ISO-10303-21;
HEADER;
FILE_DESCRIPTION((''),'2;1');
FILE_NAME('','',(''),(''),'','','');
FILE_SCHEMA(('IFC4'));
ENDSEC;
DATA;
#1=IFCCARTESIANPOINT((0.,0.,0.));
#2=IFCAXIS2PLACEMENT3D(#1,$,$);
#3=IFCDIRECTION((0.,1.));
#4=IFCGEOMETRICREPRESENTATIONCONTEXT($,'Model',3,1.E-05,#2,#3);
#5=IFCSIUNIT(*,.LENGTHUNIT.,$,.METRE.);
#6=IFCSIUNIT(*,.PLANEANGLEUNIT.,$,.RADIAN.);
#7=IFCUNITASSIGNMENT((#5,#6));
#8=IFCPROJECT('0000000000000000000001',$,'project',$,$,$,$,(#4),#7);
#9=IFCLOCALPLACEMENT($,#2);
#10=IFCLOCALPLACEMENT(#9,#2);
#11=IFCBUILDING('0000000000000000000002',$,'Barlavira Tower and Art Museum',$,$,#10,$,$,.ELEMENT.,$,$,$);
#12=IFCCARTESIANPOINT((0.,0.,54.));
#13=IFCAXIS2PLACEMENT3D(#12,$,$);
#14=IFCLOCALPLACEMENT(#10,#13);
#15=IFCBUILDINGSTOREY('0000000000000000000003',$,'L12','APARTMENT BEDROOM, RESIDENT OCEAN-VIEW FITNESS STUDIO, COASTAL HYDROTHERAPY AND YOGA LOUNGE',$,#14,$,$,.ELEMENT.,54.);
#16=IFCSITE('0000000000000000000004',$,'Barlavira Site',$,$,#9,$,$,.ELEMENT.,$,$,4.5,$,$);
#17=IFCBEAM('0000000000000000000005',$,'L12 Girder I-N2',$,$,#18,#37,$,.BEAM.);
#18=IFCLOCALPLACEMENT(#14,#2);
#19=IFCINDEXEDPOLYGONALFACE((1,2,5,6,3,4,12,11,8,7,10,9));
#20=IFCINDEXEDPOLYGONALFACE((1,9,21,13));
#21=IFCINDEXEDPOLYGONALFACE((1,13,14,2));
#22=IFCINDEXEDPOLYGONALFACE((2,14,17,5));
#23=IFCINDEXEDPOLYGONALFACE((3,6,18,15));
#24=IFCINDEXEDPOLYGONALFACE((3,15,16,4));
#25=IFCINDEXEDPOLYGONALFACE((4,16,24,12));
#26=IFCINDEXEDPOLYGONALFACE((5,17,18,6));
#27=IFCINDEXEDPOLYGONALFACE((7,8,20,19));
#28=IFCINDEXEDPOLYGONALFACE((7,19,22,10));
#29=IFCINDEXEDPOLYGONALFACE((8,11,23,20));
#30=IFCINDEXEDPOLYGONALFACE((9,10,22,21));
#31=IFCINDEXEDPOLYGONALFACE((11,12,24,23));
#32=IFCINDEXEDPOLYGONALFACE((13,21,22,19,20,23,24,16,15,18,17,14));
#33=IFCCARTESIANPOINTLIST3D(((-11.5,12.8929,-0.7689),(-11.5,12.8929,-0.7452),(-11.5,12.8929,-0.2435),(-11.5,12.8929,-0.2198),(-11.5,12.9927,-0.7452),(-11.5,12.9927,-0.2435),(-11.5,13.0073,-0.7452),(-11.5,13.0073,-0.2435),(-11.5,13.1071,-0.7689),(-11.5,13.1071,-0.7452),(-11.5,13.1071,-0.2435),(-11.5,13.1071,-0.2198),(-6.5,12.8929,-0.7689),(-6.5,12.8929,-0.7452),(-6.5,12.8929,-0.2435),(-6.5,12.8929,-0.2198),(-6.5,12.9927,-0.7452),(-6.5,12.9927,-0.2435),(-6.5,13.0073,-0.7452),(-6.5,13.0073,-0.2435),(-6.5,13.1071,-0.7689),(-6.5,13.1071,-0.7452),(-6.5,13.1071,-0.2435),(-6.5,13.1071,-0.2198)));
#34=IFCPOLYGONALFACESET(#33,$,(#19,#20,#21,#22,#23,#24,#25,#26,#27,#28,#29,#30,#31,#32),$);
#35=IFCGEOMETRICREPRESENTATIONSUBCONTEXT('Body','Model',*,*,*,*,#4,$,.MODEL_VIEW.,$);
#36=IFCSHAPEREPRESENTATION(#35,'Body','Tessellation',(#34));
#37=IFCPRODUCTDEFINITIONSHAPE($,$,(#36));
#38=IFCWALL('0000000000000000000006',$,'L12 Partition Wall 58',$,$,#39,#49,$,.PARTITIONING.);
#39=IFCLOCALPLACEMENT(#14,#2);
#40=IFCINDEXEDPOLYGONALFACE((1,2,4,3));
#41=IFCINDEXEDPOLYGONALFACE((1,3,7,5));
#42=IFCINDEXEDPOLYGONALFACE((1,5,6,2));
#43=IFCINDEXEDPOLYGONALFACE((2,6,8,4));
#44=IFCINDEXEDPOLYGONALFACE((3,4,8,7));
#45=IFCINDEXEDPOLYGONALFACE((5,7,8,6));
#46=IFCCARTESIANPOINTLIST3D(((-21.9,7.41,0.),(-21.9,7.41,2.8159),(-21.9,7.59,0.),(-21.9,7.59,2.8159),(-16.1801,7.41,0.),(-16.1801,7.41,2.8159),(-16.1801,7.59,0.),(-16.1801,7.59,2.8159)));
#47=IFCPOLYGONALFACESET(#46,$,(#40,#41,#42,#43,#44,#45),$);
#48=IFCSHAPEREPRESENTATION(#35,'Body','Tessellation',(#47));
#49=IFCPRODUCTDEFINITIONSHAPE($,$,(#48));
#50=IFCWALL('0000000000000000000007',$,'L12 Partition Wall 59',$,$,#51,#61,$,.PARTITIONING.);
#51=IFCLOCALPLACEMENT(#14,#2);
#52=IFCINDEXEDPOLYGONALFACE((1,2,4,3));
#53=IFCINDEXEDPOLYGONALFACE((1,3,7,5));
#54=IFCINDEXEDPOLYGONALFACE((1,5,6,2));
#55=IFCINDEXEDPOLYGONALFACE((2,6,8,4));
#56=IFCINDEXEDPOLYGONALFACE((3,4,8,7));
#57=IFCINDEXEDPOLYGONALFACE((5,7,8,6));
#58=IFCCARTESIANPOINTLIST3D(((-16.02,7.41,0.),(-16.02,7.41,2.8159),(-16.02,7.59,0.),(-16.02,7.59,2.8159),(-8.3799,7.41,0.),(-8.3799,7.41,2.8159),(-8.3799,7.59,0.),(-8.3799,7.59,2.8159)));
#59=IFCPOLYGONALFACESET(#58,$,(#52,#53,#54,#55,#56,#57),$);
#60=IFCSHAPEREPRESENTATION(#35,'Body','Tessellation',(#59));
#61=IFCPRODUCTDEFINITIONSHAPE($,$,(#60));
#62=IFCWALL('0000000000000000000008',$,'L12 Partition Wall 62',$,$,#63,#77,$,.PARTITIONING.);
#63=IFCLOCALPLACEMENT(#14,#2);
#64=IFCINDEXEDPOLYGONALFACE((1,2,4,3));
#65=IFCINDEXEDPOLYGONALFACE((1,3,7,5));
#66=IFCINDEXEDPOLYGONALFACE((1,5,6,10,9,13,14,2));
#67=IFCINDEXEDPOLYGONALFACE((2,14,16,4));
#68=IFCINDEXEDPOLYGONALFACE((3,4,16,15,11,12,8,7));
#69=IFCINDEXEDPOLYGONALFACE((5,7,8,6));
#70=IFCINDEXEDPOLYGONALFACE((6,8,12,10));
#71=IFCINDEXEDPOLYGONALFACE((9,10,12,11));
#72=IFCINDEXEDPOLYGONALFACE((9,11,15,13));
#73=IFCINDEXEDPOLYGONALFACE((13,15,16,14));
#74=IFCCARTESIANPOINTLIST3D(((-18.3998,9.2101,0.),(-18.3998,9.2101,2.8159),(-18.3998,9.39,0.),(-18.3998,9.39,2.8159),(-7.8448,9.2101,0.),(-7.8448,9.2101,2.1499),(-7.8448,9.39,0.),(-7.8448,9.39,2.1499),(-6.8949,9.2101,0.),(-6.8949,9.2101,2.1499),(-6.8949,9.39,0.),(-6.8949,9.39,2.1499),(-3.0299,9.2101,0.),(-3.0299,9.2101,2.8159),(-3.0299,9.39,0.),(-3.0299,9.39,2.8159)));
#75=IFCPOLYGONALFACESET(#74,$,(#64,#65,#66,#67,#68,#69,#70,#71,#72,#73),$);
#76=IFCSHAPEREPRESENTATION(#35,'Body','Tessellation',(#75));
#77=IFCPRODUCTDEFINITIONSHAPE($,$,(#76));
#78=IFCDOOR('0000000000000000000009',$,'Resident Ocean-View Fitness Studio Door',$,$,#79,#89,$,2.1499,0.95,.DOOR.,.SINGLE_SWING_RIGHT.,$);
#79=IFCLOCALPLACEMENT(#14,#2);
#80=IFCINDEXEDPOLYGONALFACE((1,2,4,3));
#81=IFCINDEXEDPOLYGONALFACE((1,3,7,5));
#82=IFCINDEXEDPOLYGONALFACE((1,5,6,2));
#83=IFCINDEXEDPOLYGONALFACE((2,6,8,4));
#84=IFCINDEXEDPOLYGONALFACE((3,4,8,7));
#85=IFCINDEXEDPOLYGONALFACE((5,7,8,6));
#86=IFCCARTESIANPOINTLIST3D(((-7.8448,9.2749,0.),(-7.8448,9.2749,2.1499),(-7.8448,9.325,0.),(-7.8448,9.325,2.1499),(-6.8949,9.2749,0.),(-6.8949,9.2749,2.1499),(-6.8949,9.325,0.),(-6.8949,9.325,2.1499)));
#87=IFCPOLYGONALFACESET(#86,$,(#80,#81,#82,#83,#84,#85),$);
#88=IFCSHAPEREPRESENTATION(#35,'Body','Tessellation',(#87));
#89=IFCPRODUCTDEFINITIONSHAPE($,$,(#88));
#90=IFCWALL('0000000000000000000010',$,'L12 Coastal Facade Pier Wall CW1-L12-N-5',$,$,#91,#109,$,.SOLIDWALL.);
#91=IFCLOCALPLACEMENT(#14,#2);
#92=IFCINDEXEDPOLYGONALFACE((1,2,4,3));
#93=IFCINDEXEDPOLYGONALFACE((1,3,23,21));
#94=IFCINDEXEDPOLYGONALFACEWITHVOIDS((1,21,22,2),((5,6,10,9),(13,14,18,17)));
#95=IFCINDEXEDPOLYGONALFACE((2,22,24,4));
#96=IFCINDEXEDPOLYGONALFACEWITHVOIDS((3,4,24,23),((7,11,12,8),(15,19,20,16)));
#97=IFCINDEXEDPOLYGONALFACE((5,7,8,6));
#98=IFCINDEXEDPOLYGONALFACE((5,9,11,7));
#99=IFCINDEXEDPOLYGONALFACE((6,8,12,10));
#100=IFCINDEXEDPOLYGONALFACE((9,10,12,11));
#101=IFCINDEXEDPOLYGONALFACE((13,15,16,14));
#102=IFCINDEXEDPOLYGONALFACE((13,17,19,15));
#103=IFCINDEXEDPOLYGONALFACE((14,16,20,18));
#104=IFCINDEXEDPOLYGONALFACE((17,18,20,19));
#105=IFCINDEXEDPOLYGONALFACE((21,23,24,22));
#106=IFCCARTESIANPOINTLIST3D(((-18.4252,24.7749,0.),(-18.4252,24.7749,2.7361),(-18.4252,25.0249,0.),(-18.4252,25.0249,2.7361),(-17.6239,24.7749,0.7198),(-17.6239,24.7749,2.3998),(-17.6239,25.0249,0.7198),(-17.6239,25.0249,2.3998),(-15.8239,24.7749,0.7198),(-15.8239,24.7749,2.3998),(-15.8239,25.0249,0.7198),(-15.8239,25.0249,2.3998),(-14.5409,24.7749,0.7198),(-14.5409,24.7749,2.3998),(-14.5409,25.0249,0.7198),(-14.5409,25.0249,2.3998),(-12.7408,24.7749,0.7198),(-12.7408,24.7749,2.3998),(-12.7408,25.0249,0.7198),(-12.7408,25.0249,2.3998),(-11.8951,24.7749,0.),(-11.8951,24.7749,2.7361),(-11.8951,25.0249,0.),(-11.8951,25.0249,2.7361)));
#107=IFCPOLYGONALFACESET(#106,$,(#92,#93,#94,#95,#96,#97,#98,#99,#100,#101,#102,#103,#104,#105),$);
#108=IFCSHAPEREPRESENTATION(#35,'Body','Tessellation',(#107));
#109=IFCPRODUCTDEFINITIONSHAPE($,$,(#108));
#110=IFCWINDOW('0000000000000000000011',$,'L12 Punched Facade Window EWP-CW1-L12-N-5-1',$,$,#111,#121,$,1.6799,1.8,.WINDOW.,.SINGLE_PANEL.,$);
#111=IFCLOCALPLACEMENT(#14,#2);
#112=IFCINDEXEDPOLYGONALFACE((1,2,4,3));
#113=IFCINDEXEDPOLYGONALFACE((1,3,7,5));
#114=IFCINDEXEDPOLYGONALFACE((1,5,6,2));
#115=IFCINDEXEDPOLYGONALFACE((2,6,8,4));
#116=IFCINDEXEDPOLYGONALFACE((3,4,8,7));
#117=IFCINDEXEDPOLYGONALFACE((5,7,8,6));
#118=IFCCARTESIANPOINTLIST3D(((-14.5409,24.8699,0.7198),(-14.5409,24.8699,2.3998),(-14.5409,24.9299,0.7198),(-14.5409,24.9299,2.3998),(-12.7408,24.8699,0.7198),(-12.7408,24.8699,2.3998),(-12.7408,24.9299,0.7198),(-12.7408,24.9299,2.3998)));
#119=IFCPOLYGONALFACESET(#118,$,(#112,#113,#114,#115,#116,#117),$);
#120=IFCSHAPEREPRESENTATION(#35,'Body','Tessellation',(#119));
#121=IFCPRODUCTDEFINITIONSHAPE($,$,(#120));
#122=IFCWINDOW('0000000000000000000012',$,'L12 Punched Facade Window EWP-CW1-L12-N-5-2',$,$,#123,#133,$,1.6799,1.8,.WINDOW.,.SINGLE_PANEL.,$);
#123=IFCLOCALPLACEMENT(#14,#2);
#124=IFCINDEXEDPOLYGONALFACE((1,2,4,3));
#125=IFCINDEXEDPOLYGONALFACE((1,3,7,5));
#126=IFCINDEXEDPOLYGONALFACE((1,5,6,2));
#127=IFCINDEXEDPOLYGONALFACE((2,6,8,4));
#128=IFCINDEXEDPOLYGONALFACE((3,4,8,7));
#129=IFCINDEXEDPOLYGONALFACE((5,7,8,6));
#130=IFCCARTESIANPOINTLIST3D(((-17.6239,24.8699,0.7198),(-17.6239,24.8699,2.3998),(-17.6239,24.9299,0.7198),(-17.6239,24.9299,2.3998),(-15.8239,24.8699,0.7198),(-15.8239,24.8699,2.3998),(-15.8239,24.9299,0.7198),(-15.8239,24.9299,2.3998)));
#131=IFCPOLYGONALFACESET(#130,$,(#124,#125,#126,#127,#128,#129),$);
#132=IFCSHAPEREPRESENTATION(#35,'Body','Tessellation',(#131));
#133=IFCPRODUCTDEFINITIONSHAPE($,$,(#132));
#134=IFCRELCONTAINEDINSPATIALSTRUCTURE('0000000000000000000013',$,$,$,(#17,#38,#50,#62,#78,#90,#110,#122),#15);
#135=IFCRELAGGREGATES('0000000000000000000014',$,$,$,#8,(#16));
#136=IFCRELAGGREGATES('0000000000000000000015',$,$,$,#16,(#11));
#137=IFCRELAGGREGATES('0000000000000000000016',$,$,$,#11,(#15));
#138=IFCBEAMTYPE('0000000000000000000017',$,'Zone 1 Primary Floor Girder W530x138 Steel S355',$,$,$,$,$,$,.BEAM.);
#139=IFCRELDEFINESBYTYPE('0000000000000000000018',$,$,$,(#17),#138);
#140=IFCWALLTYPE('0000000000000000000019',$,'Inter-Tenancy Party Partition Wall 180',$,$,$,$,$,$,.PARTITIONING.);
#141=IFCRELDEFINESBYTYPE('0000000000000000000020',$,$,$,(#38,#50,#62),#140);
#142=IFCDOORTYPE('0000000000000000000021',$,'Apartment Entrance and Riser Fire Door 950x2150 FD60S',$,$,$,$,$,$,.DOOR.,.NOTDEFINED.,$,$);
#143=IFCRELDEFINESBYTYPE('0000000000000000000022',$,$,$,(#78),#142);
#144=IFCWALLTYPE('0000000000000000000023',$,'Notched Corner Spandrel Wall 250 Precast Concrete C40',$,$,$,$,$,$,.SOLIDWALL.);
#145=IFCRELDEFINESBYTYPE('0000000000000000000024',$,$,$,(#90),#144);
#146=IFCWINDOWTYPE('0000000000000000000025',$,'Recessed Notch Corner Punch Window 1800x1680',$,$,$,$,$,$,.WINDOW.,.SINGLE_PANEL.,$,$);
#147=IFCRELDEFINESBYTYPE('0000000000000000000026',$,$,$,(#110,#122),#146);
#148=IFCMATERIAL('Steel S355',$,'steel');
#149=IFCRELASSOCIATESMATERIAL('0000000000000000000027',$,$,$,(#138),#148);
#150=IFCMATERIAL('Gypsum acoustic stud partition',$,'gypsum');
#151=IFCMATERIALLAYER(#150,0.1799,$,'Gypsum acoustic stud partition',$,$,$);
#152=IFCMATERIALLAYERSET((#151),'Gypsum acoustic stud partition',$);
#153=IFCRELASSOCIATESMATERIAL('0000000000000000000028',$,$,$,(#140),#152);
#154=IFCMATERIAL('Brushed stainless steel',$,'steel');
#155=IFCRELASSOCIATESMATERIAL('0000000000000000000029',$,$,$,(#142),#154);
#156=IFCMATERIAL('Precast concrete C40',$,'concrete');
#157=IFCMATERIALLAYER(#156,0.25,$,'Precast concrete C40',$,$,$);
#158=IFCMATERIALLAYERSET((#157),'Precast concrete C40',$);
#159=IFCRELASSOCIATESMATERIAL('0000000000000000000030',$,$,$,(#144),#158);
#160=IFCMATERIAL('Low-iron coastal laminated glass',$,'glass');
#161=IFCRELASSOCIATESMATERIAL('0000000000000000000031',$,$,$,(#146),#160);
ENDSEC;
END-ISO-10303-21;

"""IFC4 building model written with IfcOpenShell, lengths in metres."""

from ifc_helpers import new_model, si_unit, direction, frame, frame_2d, origin, origin_2d, place, context, subcontext, project, spatial, rectangle, i_section, extrude, material, layer, layer_set, material_profile, profile_set, type_object, element, fill, save


model = new_model("IFC4")

# Units and contexts
model_context = context("Model", 3, precision=1e-05, world=origin(), true_north=direction((0.0, 1.0)))
body_context = subcontext(model_context, "Body", "Model", "MODEL_VIEW")
ifc_project = project(units=[si_unit("LENGTHUNIT", "METRE"), si_unit("PLANEANGLEUNIT", "RADIAN")], contexts=[model_context])

# Site, building, storey
site_placement = place(None, origin())
site = spatial("IfcSite", under=ifc_project, at=site_placement, Name="Barlavira Site", CompositionType="ELEMENT", RefElevation=4.5)
building_placement = place(site_placement, origin())
building = spatial("IfcBuilding", under=site, at=building_placement, Name="Barlavira Tower and Art Museum", CompositionType="ELEMENT")
storey_placement = place(building_placement, frame((0.0, 0.0, 54.0)))
storey = spatial("IfcBuildingStorey", under=building, at=storey_placement, Name="L12", Description="APARTMENT BEDROOM, RESIDENT OCEAN-VIEW FITNESS STUDIO, COASTAL HYDROTHERAPY AND YOGA LOUNGE", CompositionType="ELEMENT", Elevation=54.0)

# Beam
ifc_material_1 = material(Name="Steel S355", Category="steel")
ifc_material_profile_1 = material_profile(ifc_material_1, i_section(OverallWidth=0.2141, OverallDepth=0.5491, WebThickness=0.0146, FlangeThickness=0.0237, at=origin_2d()), Name="W530x138.0")
ifc_profile_set_1 = profile_set([ifc_material_profile_1], Name="Steel S355")
beam_type_1 = type_object("IfcBeamType", Name="Zone 1 Primary Floor Girder W530x138 Steel S355", PredefinedType="BEAM", material=ifc_profile_set_1)
beam_1_placement = place(storey_placement, frame((-11.5, 13.0, -0.4944), z_axis=(1.0, 0.0, 0.0), x_axis=(0.0, 1.0, 0.0)))
element("IfcBeam", 1, at=beam_1_placement, inside=storey, type_object=beam_type_1, Name="L12 Girder I-N2", PredefinedType="BEAM", context=body_context, shape_type="SweptSolid", body=[
    extrude(i_section(OverallWidth=0.2141, OverallDepth=0.5491, WebThickness=0.0146, FlangeThickness=0.0237, at=origin_2d()), origin(), (0.0, 0.0, 1.0), 5.0),
])

# Walls
ifc_material_2 = material(Name="Gypsum acoustic stud partition", Category="gypsum")
ifc_layer_1 = layer(ifc_material_2, 0.1799, Name="Gypsum acoustic stud partition")
ifc_layer_set_1 = layer_set([ifc_layer_1], Name="Gypsum acoustic stud partition")
wall_type_1 = type_object("IfcWallType", Name="Inter-Tenancy Party Partition Wall 180", PredefinedType="PARTITIONING", material=ifc_layer_set_1)
wall_1_placement = place(storey_placement, frame((-21.8999, 7.5, 0.0), z_axis=(0.0, 0.0, 1.0), x_axis=(1.0, 0.0, 0.0)))
element("IfcWall", 2, at=wall_1_placement, inside=storey, type_object=wall_type_1, Name="L12 Partition Wall 58", PredefinedType="PARTITIONING", context=body_context, shape_type="SweptSolid", body=[
    extrude(rectangle(XDim=5.72, YDim=0.1799, at=frame_2d((2.8599, 0.0))), origin(), (0.0, 0.0, 1.0), 2.8159),
])
wall_2_placement = place(storey_placement, frame((-16.02, 7.5, 0.0), z_axis=(0.0, 0.0, 1.0), x_axis=(1.0, 0.0, 0.0)))
element("IfcWall", 3, at=wall_2_placement, inside=storey, type_object=wall_type_1, Name="L12 Partition Wall 59", PredefinedType="PARTITIONING", context=body_context, shape_type="SweptSolid", body=[
    extrude(rectangle(XDim=7.6401, YDim=0.1799, at=frame_2d((3.8201, 0.0))), origin(), (0.0, 0.0, 1.0), 2.8159),
])

# Wall, opening, door
wall_3_placement = place(storey_placement, frame((-18.3999, 9.3, 0.0), z_axis=(0.0, 0.0, 1.0), x_axis=(1.0, 0.0, 0.0)))
wall_3 = element("IfcWall", 4, at=wall_3_placement, inside=storey, type_object=wall_type_1, Name="L12 Partition Wall 62", PredefinedType="PARTITIONING", context=body_context, shape_type="SweptSolid", body=[
    extrude(rectangle(XDim=15.3699, YDim=0.1799, at=frame_2d((7.6851, 0.0))), origin(), (0.0, 0.0, 1.0), 2.8159),
])
opening_1_placement = place(wall_3_placement, frame((10.5549, 0.0, 0.0)))
opening_1 = element("IfcOpeningElement", 5, at=opening_1_placement, cuts=wall_3, PredefinedType="OPENING", context=body_context, shape_type="SweptSolid", body=[
    extrude(rectangle(XDim=0.95, YDim=2.1499, at=frame_2d((0.4751, 1.075))), frame((0.0, 0.1001, 0.0), z_axis=(0.0, -1.0, 0.0), x_axis=(1.0, 0.0, 0.0)), (0.0, 0.0, 1.0), 0.2),
])
ifc_material_3 = material(Name="Brushed stainless steel", Category="steel")
door_type = type_object("IfcDoorType", Name="Apartment Entrance and Riser Fire Door 950x2150 FD60S", OperationType="NOTDEFINED", PredefinedType="DOOR", material=ifc_material_3)
door_placement = place(opening_1_placement, origin())
door = element("IfcDoor", 6, at=door_placement, inside=storey, type_object=door_type, Name="Resident Ocean-View Fitness Studio Door", OperationType="SINGLE_SWING_RIGHT", OverallHeight=2.1499, OverallWidth=0.95, PredefinedType="DOOR", context=body_context, shape_type="SweptSolid", body=[
    extrude(rectangle(XDim=0.95, YDim=2.1499, at=frame_2d((0.4751, 1.075))), frame((0.0, 0.0249, 0.0), z_axis=(0.0, -1.0, 0.0), x_axis=(1.0, 0.0, 0.0)), (0.0, 0.0, 1.0), 0.05),
])
fill(opening_1, door)

# Wall, openings, windows
ifc_material_4 = material(Name="Precast concrete C40", Category="concrete")
ifc_layer_2 = layer(ifc_material_4, 0.25, Name="Precast concrete C40")
ifc_layer_set_2 = layer_set([ifc_layer_2], Name="Precast concrete C40")
wall_type_2 = type_object("IfcWallType", Name="Notched Corner Spandrel Wall 250 Precast Concrete C40", PredefinedType="SOLIDWALL", material=ifc_layer_set_2)
wall_4_placement = place(storey_placement, frame((-11.895, 24.8999, 0.0), z_axis=(0.0, 0.0, 1.0), x_axis=(-1.0, 0.0, 0.0)))
wall_4 = element("IfcWall", 7, at=wall_4_placement, inside=storey, type_object=wall_type_2, Name="L12 Coastal Facade Pier Wall CW1-L12-N-5", PredefinedType="SOLIDWALL", context=body_context, shape_type="SweptSolid", body=[
    extrude(rectangle(XDim=6.53, YDim=0.25, at=frame_2d((3.2651, 0.0))), origin(), (0.0, 0.0, 1.0), 2.7361),
])
opening_2_placement = place(wall_4_placement, frame((0.8459, 0.0, 0.72)))
opening_2 = element("IfcOpeningElement", 8, at=opening_2_placement, cuts=wall_4, PredefinedType="OPENING", context=body_context, shape_type="SweptSolid", body=[
    extrude(rectangle(XDim=1.8, YDim=1.6799, at=frame_2d((0.8999, 0.8398))), frame((0.0, 0.135, 0.0), z_axis=(0.0, -1.0, 0.0), x_axis=(1.0, 0.0, 0.0)), (0.0, 0.0, 1.0), 0.27),
])
opening_3_placement = place(wall_4_placement, frame((3.929, 0.0, 0.72)))
opening_3 = element("IfcOpeningElement", 9, at=opening_3_placement, cuts=wall_4, PredefinedType="OPENING", context=body_context, shape_type="SweptSolid", body=[
    extrude(rectangle(XDim=1.8, YDim=1.6799, at=frame_2d((0.8999, 0.8398))), frame((0.0, 0.135, 0.0), z_axis=(0.0, -1.0, 0.0), x_axis=(1.0, 0.0, 0.0)), (0.0, 0.0, 1.0), 0.27),
])
ifc_material_5 = material(Name="Low-iron coastal laminated glass", Category="glass")
window_type = type_object("IfcWindowType", Name="Recessed Notch Corner Punch Window 1800x1680", PartitioningType="SINGLE_PANEL", PredefinedType="WINDOW", material=ifc_material_5)
window_1_placement = place(opening_2_placement, origin())
window_1 = element("IfcWindow", 10, at=window_1_placement, inside=storey, type_object=window_type, Name="L12 Punched Facade Window EWP-CW1-L12-N-5-1", OverallHeight=1.6799, OverallWidth=1.8, PartitioningType="SINGLE_PANEL", PredefinedType="WINDOW", context=body_context, shape_type="SweptSolid", body=[
    extrude(rectangle(XDim=1.8, YDim=1.6799, at=frame_2d((0.8999, 0.8398))), frame((0.0, 0.03, 0.0), z_axis=(0.0, -1.0, 0.0), x_axis=(1.0, 0.0, 0.0)), (0.0, 0.0, 1.0), 0.0601),
])
fill(opening_2, window_1)
window_2_placement = place(opening_3_placement, origin())
window_2 = element("IfcWindow", 11, at=window_2_placement, inside=storey, type_object=window_type, Name="L12 Punched Facade Window EWP-CW1-L12-N-5-2", OverallHeight=1.6799, OverallWidth=1.8, PartitioningType="SINGLE_PANEL", PredefinedType="WINDOW", context=body_context, shape_type="SweptSolid", body=[
    extrude(rectangle(XDim=1.8, YDim=1.6799, at=frame_2d((0.8999, 0.8398))), frame((0.0, 0.03, 0.0), z_axis=(0.0, -1.0, 0.0), x_axis=(1.0, 0.0, 0.0)), (0.0, 0.0, 1.0), 0.0601),
])
fill(opening_3, window_2)

save(model, "model.ifc")
